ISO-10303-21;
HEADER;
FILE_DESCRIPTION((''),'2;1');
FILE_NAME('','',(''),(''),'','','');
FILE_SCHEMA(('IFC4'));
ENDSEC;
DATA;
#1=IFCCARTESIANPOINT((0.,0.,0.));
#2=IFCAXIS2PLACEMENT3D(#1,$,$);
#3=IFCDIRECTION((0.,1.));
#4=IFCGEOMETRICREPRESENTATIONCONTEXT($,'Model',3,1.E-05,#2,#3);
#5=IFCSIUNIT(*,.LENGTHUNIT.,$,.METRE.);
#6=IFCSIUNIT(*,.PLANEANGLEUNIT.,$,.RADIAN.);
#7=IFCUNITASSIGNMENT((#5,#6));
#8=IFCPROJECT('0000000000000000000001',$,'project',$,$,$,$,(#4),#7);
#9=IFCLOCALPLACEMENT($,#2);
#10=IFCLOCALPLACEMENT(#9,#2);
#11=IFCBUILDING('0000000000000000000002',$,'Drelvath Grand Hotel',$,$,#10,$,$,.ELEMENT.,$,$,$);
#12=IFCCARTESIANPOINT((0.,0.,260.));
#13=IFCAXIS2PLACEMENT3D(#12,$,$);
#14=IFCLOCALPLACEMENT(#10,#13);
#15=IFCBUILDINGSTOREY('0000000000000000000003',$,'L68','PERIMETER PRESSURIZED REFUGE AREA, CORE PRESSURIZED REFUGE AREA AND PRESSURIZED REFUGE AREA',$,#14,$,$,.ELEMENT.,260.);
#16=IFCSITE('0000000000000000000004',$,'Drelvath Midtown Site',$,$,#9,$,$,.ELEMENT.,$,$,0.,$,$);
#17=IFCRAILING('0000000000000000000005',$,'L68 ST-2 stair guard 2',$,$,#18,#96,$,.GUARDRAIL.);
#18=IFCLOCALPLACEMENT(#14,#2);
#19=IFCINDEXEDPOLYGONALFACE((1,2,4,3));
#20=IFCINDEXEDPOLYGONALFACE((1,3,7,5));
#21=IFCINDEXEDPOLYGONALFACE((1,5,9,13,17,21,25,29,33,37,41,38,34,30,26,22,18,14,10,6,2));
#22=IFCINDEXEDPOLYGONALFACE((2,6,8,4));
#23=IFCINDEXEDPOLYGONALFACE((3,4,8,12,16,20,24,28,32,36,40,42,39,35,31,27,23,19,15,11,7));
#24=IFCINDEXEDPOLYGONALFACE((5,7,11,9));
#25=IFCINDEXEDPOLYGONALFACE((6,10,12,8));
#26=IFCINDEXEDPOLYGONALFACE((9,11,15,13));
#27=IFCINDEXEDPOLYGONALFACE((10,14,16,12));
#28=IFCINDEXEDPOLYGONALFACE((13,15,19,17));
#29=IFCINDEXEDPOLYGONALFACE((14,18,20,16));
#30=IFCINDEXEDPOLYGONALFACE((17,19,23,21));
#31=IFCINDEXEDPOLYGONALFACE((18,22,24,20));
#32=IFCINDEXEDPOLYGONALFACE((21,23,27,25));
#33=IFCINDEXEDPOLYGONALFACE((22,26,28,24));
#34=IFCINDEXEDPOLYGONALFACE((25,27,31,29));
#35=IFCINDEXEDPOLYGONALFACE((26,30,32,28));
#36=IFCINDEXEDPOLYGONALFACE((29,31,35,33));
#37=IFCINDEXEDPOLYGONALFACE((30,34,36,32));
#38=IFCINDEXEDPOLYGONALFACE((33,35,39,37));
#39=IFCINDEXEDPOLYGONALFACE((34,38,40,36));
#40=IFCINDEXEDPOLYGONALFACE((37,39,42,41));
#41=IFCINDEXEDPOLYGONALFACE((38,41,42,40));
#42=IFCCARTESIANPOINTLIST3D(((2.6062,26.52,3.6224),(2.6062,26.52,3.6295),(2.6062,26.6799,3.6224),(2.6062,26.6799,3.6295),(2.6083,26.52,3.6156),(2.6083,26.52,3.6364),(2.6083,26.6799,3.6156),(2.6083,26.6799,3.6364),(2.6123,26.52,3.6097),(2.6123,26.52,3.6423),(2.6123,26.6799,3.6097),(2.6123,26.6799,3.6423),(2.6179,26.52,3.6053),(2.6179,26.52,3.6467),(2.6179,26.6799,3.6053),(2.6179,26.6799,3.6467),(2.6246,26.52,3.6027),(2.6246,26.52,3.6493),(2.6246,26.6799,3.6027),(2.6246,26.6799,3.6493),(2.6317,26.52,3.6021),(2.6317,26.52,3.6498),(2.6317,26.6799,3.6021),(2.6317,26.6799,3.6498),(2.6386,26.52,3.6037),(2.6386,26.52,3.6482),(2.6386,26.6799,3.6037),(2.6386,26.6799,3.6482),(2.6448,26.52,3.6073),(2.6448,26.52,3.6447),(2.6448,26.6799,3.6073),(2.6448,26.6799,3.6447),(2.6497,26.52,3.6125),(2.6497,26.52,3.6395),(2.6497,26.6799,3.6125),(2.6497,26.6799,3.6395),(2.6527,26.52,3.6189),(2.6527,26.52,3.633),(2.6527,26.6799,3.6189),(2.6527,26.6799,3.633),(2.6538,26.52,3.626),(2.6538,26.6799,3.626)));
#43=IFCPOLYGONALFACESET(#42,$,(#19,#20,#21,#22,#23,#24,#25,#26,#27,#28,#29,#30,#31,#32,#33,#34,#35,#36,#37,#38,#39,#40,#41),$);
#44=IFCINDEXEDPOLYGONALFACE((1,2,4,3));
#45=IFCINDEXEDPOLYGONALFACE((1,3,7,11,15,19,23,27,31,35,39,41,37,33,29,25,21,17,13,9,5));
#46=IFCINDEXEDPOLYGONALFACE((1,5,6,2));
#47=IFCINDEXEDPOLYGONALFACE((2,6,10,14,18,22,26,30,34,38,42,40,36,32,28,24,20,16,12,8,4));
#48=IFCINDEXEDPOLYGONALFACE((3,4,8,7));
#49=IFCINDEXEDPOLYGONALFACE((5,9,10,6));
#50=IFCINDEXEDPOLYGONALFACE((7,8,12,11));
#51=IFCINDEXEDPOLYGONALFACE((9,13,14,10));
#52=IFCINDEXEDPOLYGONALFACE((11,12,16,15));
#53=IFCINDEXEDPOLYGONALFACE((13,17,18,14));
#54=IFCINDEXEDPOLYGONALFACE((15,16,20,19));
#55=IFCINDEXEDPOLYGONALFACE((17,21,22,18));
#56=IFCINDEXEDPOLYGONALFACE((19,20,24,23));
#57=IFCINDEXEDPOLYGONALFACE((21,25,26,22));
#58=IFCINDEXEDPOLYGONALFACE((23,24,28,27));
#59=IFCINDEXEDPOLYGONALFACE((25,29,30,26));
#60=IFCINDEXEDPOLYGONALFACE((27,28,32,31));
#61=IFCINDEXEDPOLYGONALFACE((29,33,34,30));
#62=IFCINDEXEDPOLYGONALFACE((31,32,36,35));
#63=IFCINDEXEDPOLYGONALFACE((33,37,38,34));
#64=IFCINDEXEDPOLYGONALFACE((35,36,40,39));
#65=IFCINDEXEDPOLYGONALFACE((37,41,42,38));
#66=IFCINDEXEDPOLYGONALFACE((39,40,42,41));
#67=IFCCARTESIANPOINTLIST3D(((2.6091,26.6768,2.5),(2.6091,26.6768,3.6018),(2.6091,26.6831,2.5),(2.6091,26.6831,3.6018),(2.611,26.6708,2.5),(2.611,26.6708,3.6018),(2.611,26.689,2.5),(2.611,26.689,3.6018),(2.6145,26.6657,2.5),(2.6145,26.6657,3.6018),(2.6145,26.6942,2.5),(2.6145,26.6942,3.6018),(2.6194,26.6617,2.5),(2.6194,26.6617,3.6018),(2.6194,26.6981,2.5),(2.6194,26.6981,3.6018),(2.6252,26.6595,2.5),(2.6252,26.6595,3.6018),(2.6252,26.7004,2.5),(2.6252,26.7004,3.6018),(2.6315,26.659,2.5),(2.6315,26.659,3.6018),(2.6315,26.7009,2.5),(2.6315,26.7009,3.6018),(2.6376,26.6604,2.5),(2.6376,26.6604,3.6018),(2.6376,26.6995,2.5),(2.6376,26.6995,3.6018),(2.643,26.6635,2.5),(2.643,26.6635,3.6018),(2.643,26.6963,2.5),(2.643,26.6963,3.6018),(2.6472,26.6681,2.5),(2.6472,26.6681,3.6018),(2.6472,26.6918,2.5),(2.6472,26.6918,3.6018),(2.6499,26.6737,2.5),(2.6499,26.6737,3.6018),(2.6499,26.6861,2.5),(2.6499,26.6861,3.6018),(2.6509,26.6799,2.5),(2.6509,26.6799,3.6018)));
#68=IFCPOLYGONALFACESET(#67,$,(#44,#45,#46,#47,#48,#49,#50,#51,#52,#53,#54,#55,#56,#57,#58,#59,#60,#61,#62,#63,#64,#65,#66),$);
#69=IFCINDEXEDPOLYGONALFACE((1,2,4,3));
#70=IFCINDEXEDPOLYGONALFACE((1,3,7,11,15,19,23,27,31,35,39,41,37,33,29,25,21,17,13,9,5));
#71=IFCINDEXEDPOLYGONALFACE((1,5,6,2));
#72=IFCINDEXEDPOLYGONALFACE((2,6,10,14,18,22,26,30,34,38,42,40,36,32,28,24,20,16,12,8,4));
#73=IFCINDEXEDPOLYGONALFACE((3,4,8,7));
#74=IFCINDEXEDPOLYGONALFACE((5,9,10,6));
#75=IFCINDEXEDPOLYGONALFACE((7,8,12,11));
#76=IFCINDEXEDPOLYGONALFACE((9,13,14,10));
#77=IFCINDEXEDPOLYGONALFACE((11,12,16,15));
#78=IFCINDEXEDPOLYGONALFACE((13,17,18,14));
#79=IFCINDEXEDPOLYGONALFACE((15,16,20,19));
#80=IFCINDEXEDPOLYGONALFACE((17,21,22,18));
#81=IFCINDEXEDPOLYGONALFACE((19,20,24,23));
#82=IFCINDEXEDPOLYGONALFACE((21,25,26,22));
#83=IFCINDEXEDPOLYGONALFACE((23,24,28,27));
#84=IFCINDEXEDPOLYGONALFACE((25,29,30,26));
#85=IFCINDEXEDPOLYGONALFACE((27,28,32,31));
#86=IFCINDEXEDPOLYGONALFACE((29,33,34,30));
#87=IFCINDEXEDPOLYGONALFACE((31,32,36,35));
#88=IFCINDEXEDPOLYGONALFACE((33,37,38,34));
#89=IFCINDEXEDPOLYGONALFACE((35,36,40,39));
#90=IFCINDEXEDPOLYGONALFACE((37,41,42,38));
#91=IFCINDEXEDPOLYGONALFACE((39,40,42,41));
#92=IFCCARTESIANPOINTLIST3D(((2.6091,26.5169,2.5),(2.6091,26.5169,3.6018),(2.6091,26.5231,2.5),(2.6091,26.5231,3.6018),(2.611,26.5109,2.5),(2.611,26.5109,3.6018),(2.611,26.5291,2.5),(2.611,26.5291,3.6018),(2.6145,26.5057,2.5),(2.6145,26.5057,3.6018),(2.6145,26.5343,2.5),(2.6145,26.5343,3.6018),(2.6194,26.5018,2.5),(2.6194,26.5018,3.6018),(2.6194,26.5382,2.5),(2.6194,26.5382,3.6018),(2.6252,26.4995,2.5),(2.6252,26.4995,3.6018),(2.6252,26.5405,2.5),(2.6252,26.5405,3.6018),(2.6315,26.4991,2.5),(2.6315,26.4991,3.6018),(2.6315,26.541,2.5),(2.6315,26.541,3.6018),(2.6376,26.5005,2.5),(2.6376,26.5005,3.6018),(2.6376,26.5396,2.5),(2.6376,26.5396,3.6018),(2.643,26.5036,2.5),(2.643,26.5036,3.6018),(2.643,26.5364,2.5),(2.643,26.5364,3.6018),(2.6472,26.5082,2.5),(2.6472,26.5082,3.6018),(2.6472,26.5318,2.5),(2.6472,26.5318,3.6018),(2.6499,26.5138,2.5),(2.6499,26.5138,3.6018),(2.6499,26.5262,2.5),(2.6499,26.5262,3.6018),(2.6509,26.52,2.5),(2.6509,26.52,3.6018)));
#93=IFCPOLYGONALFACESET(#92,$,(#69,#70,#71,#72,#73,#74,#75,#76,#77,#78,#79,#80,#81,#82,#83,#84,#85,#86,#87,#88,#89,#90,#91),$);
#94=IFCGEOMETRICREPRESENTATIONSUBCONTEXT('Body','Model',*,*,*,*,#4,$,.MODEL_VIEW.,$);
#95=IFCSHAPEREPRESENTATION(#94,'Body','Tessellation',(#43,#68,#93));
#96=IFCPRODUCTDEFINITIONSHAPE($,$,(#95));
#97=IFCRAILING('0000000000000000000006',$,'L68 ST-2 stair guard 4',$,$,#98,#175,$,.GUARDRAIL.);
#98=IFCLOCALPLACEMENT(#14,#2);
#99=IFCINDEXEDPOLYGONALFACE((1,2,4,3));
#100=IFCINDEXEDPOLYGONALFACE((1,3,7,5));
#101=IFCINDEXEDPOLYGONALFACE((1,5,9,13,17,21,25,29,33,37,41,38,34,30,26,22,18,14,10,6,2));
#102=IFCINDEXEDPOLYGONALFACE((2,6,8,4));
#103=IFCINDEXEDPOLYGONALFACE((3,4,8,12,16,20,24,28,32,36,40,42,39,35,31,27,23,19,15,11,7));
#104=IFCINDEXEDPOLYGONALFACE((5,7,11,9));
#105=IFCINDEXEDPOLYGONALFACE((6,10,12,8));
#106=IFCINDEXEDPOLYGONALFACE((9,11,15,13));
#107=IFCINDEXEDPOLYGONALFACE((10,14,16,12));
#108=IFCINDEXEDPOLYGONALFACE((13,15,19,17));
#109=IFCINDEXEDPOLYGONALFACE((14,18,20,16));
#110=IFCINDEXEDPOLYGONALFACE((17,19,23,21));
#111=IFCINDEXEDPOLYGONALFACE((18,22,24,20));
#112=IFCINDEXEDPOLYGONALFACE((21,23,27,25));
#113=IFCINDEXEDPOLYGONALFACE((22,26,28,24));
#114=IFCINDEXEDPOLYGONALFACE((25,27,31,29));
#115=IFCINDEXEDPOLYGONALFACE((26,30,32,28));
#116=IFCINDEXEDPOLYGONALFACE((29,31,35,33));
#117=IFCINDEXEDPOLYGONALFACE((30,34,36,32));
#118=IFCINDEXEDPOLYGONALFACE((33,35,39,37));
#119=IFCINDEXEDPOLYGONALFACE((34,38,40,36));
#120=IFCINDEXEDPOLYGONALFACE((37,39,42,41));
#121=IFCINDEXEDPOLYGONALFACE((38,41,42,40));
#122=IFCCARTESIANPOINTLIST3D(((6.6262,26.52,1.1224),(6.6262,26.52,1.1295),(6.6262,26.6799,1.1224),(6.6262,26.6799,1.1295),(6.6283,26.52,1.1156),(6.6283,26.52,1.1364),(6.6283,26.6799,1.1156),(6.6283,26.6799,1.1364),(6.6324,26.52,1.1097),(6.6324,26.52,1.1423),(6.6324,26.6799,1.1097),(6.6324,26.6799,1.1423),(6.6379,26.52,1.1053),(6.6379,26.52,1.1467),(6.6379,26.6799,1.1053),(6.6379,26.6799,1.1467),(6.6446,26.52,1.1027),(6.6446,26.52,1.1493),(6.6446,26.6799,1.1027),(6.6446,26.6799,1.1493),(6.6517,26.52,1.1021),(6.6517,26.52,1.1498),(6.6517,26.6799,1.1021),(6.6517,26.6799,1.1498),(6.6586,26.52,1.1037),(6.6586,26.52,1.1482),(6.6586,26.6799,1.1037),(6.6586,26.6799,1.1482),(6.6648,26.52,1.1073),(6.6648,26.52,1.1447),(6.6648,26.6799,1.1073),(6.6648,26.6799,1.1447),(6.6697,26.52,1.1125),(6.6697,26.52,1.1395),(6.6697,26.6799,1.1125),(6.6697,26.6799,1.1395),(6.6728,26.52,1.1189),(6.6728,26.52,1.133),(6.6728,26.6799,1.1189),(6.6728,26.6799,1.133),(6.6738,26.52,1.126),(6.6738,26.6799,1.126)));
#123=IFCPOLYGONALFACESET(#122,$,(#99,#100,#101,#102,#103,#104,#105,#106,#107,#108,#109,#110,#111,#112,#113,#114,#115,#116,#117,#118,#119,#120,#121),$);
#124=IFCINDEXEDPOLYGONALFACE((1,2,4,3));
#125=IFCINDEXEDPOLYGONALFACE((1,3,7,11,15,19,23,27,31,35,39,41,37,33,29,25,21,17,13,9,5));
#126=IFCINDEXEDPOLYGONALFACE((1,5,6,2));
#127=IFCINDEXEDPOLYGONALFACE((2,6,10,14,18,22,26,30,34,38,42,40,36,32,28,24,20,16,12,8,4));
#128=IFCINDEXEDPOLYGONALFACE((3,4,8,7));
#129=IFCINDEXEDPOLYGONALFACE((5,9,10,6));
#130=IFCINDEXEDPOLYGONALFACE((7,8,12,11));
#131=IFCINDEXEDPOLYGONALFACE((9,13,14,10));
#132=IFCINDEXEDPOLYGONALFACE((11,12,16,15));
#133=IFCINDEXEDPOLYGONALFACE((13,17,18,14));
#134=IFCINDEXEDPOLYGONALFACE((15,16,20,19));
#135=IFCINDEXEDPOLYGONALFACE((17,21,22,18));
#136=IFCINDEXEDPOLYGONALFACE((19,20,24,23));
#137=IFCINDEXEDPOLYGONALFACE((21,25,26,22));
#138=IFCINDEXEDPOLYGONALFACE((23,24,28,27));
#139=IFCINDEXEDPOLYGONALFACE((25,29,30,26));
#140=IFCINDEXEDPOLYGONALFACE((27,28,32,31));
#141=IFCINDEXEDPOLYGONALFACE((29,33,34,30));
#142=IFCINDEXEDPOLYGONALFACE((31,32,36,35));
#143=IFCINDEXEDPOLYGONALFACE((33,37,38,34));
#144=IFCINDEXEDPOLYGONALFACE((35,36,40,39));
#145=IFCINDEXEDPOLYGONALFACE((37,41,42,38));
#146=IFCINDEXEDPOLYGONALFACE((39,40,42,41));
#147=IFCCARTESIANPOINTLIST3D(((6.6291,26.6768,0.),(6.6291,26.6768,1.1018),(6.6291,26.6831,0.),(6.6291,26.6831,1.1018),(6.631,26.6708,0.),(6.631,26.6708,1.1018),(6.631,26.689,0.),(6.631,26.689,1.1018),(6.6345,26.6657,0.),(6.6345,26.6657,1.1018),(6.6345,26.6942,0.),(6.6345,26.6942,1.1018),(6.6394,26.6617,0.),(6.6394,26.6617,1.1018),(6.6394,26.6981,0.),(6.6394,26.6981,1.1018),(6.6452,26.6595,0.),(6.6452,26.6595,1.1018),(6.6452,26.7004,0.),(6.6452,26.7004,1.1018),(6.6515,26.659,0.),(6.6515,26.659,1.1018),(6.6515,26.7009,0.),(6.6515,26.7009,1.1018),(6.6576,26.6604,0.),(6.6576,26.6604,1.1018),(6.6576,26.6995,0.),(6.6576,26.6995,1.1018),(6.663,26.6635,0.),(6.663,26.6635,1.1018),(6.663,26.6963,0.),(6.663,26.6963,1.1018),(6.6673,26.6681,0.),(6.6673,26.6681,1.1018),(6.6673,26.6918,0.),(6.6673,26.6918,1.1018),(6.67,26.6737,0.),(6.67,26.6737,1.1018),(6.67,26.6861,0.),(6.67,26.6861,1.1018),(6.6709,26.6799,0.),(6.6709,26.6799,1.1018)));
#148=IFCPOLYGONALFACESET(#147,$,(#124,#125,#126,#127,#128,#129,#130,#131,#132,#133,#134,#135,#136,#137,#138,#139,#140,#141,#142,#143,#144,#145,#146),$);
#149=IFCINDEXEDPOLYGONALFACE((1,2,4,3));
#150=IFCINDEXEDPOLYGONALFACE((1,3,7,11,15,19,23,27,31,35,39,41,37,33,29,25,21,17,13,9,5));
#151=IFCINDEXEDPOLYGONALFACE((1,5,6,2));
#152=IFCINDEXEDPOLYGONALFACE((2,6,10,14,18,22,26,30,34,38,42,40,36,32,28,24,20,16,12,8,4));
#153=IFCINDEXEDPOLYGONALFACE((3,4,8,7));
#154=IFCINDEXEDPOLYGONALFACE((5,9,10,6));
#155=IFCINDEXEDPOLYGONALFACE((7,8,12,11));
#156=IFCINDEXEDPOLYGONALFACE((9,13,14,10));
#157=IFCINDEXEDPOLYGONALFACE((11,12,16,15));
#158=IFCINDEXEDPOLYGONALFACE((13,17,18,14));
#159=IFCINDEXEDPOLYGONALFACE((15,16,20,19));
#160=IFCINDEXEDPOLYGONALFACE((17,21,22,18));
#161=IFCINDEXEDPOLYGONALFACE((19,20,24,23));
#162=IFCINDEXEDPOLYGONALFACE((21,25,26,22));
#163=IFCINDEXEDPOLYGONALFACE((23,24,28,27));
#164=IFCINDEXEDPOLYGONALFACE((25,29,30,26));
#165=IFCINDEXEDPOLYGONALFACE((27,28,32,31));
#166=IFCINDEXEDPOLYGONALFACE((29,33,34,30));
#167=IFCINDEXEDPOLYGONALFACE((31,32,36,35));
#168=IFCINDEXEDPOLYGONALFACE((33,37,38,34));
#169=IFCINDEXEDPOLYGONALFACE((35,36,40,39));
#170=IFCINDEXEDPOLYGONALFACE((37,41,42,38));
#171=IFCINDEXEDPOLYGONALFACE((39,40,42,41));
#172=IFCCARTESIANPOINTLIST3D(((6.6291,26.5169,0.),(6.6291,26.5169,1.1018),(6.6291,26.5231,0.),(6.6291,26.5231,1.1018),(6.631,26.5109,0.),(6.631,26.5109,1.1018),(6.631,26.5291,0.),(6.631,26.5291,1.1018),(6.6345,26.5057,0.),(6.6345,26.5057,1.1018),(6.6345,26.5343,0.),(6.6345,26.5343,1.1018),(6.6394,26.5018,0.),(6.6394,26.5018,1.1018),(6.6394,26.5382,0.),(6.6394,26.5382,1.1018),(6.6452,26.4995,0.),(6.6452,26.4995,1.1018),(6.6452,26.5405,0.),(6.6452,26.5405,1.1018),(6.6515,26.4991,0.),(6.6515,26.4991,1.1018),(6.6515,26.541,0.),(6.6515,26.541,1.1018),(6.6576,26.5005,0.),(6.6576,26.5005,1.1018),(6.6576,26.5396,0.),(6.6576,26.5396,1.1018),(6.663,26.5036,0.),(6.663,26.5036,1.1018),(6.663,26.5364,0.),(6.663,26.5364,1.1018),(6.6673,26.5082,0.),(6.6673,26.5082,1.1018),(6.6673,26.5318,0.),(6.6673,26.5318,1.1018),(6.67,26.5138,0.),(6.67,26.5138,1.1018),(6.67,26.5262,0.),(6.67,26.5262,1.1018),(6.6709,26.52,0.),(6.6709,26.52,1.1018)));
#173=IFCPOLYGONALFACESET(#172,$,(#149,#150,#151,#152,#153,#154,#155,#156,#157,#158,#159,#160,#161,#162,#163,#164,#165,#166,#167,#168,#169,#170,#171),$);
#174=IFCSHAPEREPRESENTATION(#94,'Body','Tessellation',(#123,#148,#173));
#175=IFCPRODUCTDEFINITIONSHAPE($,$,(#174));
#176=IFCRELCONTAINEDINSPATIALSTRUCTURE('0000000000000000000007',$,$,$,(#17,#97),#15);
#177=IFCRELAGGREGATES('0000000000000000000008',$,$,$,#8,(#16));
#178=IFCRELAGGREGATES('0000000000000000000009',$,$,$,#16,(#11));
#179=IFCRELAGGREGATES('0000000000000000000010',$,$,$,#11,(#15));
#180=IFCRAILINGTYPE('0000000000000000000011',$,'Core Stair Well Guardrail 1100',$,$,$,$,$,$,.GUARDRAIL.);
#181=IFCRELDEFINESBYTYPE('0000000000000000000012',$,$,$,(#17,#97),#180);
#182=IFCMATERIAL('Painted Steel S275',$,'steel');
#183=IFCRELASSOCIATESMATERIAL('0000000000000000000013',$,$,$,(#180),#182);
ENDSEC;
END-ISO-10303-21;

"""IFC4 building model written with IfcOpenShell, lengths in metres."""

from ifc_helpers import new_model, si_unit, direction, frame, origin, origin_2d, place, context, subcontext, project, spatial, circle, extrude, material, type_object, element, save


model = new_model("IFC4")

# Units and contexts
model_context = context("Model", 3, precision=1e-05, world=origin(), true_north=direction((0.0, 1.0)))
body_context = subcontext(model_context, "Body", "Model", "MODEL_VIEW")
ifc_project = project(units=[si_unit("LENGTHUNIT", "METRE"), si_unit("PLANEANGLEUNIT", "RADIAN")], contexts=[model_context])

# Site, building, storey
site_placement = place(None, origin())
site = spatial("IfcSite", under=ifc_project, at=site_placement, Name="Drelvath Midtown Site", CompositionType="ELEMENT", RefElevation=0.0)
building_placement = place(site_placement, origin())
building = spatial("IfcBuilding", under=site, at=building_placement, Name="Drelvath Grand Hotel", CompositionType="ELEMENT")
storey_placement = place(building_placement, frame((0.0, 0.0, 260.0)))
storey = spatial("IfcBuildingStorey", under=building, at=storey_placement, Name="L68", Description="PERIMETER PRESSURIZED REFUGE AREA, CORE PRESSURIZED REFUGE AREA AND PRESSURIZED REFUGE AREA", CompositionType="ELEMENT", Elevation=260.0)

# Shared definitions
ifc_material_1 = material(Name="Painted Steel S275", Category="steel")

# Railings
railing_type_1 = type_object("IfcRailingType", Name="Core Stair Well Guardrail 1100", PredefinedType="GUARDRAIL", material=ifc_material_1)
for number, where, name in (
    (1, (2.6299, 26.6799, 2.5), "L68 ST-2 stair guard 2"),
    (2, (6.6499, 26.6799, 0.0), "L68 ST-2 stair guard 4"),
):
    element("IfcRailing", number, at=place(storey_placement, frame(where)), inside=storey, type_object=railing_type_1, Name=name, PredefinedType="GUARDRAIL", context=body_context, shape_type="SweptSolid", body=[
        extrude(circle(Radius=0.0239, at=origin_2d()), frame((0.0, 0.0, 1.126), z_axis=(0.0, -1.0, 0.0), x_axis=(1.0, 0.0, 0.0)), (0.0, 0.0, 1.0), 0.1599),
        extrude(circle(Radius=0.021, at=origin_2d()), origin(), (0.0, 0.0, 1.0), 1.1018),
        extrude(circle(Radius=0.021, at=origin_2d()), frame((0.0, -0.1599, 0.0)), (0.0, 0.0, 1.0), 1.1018),
    ])

save(model, "model.ifc")
